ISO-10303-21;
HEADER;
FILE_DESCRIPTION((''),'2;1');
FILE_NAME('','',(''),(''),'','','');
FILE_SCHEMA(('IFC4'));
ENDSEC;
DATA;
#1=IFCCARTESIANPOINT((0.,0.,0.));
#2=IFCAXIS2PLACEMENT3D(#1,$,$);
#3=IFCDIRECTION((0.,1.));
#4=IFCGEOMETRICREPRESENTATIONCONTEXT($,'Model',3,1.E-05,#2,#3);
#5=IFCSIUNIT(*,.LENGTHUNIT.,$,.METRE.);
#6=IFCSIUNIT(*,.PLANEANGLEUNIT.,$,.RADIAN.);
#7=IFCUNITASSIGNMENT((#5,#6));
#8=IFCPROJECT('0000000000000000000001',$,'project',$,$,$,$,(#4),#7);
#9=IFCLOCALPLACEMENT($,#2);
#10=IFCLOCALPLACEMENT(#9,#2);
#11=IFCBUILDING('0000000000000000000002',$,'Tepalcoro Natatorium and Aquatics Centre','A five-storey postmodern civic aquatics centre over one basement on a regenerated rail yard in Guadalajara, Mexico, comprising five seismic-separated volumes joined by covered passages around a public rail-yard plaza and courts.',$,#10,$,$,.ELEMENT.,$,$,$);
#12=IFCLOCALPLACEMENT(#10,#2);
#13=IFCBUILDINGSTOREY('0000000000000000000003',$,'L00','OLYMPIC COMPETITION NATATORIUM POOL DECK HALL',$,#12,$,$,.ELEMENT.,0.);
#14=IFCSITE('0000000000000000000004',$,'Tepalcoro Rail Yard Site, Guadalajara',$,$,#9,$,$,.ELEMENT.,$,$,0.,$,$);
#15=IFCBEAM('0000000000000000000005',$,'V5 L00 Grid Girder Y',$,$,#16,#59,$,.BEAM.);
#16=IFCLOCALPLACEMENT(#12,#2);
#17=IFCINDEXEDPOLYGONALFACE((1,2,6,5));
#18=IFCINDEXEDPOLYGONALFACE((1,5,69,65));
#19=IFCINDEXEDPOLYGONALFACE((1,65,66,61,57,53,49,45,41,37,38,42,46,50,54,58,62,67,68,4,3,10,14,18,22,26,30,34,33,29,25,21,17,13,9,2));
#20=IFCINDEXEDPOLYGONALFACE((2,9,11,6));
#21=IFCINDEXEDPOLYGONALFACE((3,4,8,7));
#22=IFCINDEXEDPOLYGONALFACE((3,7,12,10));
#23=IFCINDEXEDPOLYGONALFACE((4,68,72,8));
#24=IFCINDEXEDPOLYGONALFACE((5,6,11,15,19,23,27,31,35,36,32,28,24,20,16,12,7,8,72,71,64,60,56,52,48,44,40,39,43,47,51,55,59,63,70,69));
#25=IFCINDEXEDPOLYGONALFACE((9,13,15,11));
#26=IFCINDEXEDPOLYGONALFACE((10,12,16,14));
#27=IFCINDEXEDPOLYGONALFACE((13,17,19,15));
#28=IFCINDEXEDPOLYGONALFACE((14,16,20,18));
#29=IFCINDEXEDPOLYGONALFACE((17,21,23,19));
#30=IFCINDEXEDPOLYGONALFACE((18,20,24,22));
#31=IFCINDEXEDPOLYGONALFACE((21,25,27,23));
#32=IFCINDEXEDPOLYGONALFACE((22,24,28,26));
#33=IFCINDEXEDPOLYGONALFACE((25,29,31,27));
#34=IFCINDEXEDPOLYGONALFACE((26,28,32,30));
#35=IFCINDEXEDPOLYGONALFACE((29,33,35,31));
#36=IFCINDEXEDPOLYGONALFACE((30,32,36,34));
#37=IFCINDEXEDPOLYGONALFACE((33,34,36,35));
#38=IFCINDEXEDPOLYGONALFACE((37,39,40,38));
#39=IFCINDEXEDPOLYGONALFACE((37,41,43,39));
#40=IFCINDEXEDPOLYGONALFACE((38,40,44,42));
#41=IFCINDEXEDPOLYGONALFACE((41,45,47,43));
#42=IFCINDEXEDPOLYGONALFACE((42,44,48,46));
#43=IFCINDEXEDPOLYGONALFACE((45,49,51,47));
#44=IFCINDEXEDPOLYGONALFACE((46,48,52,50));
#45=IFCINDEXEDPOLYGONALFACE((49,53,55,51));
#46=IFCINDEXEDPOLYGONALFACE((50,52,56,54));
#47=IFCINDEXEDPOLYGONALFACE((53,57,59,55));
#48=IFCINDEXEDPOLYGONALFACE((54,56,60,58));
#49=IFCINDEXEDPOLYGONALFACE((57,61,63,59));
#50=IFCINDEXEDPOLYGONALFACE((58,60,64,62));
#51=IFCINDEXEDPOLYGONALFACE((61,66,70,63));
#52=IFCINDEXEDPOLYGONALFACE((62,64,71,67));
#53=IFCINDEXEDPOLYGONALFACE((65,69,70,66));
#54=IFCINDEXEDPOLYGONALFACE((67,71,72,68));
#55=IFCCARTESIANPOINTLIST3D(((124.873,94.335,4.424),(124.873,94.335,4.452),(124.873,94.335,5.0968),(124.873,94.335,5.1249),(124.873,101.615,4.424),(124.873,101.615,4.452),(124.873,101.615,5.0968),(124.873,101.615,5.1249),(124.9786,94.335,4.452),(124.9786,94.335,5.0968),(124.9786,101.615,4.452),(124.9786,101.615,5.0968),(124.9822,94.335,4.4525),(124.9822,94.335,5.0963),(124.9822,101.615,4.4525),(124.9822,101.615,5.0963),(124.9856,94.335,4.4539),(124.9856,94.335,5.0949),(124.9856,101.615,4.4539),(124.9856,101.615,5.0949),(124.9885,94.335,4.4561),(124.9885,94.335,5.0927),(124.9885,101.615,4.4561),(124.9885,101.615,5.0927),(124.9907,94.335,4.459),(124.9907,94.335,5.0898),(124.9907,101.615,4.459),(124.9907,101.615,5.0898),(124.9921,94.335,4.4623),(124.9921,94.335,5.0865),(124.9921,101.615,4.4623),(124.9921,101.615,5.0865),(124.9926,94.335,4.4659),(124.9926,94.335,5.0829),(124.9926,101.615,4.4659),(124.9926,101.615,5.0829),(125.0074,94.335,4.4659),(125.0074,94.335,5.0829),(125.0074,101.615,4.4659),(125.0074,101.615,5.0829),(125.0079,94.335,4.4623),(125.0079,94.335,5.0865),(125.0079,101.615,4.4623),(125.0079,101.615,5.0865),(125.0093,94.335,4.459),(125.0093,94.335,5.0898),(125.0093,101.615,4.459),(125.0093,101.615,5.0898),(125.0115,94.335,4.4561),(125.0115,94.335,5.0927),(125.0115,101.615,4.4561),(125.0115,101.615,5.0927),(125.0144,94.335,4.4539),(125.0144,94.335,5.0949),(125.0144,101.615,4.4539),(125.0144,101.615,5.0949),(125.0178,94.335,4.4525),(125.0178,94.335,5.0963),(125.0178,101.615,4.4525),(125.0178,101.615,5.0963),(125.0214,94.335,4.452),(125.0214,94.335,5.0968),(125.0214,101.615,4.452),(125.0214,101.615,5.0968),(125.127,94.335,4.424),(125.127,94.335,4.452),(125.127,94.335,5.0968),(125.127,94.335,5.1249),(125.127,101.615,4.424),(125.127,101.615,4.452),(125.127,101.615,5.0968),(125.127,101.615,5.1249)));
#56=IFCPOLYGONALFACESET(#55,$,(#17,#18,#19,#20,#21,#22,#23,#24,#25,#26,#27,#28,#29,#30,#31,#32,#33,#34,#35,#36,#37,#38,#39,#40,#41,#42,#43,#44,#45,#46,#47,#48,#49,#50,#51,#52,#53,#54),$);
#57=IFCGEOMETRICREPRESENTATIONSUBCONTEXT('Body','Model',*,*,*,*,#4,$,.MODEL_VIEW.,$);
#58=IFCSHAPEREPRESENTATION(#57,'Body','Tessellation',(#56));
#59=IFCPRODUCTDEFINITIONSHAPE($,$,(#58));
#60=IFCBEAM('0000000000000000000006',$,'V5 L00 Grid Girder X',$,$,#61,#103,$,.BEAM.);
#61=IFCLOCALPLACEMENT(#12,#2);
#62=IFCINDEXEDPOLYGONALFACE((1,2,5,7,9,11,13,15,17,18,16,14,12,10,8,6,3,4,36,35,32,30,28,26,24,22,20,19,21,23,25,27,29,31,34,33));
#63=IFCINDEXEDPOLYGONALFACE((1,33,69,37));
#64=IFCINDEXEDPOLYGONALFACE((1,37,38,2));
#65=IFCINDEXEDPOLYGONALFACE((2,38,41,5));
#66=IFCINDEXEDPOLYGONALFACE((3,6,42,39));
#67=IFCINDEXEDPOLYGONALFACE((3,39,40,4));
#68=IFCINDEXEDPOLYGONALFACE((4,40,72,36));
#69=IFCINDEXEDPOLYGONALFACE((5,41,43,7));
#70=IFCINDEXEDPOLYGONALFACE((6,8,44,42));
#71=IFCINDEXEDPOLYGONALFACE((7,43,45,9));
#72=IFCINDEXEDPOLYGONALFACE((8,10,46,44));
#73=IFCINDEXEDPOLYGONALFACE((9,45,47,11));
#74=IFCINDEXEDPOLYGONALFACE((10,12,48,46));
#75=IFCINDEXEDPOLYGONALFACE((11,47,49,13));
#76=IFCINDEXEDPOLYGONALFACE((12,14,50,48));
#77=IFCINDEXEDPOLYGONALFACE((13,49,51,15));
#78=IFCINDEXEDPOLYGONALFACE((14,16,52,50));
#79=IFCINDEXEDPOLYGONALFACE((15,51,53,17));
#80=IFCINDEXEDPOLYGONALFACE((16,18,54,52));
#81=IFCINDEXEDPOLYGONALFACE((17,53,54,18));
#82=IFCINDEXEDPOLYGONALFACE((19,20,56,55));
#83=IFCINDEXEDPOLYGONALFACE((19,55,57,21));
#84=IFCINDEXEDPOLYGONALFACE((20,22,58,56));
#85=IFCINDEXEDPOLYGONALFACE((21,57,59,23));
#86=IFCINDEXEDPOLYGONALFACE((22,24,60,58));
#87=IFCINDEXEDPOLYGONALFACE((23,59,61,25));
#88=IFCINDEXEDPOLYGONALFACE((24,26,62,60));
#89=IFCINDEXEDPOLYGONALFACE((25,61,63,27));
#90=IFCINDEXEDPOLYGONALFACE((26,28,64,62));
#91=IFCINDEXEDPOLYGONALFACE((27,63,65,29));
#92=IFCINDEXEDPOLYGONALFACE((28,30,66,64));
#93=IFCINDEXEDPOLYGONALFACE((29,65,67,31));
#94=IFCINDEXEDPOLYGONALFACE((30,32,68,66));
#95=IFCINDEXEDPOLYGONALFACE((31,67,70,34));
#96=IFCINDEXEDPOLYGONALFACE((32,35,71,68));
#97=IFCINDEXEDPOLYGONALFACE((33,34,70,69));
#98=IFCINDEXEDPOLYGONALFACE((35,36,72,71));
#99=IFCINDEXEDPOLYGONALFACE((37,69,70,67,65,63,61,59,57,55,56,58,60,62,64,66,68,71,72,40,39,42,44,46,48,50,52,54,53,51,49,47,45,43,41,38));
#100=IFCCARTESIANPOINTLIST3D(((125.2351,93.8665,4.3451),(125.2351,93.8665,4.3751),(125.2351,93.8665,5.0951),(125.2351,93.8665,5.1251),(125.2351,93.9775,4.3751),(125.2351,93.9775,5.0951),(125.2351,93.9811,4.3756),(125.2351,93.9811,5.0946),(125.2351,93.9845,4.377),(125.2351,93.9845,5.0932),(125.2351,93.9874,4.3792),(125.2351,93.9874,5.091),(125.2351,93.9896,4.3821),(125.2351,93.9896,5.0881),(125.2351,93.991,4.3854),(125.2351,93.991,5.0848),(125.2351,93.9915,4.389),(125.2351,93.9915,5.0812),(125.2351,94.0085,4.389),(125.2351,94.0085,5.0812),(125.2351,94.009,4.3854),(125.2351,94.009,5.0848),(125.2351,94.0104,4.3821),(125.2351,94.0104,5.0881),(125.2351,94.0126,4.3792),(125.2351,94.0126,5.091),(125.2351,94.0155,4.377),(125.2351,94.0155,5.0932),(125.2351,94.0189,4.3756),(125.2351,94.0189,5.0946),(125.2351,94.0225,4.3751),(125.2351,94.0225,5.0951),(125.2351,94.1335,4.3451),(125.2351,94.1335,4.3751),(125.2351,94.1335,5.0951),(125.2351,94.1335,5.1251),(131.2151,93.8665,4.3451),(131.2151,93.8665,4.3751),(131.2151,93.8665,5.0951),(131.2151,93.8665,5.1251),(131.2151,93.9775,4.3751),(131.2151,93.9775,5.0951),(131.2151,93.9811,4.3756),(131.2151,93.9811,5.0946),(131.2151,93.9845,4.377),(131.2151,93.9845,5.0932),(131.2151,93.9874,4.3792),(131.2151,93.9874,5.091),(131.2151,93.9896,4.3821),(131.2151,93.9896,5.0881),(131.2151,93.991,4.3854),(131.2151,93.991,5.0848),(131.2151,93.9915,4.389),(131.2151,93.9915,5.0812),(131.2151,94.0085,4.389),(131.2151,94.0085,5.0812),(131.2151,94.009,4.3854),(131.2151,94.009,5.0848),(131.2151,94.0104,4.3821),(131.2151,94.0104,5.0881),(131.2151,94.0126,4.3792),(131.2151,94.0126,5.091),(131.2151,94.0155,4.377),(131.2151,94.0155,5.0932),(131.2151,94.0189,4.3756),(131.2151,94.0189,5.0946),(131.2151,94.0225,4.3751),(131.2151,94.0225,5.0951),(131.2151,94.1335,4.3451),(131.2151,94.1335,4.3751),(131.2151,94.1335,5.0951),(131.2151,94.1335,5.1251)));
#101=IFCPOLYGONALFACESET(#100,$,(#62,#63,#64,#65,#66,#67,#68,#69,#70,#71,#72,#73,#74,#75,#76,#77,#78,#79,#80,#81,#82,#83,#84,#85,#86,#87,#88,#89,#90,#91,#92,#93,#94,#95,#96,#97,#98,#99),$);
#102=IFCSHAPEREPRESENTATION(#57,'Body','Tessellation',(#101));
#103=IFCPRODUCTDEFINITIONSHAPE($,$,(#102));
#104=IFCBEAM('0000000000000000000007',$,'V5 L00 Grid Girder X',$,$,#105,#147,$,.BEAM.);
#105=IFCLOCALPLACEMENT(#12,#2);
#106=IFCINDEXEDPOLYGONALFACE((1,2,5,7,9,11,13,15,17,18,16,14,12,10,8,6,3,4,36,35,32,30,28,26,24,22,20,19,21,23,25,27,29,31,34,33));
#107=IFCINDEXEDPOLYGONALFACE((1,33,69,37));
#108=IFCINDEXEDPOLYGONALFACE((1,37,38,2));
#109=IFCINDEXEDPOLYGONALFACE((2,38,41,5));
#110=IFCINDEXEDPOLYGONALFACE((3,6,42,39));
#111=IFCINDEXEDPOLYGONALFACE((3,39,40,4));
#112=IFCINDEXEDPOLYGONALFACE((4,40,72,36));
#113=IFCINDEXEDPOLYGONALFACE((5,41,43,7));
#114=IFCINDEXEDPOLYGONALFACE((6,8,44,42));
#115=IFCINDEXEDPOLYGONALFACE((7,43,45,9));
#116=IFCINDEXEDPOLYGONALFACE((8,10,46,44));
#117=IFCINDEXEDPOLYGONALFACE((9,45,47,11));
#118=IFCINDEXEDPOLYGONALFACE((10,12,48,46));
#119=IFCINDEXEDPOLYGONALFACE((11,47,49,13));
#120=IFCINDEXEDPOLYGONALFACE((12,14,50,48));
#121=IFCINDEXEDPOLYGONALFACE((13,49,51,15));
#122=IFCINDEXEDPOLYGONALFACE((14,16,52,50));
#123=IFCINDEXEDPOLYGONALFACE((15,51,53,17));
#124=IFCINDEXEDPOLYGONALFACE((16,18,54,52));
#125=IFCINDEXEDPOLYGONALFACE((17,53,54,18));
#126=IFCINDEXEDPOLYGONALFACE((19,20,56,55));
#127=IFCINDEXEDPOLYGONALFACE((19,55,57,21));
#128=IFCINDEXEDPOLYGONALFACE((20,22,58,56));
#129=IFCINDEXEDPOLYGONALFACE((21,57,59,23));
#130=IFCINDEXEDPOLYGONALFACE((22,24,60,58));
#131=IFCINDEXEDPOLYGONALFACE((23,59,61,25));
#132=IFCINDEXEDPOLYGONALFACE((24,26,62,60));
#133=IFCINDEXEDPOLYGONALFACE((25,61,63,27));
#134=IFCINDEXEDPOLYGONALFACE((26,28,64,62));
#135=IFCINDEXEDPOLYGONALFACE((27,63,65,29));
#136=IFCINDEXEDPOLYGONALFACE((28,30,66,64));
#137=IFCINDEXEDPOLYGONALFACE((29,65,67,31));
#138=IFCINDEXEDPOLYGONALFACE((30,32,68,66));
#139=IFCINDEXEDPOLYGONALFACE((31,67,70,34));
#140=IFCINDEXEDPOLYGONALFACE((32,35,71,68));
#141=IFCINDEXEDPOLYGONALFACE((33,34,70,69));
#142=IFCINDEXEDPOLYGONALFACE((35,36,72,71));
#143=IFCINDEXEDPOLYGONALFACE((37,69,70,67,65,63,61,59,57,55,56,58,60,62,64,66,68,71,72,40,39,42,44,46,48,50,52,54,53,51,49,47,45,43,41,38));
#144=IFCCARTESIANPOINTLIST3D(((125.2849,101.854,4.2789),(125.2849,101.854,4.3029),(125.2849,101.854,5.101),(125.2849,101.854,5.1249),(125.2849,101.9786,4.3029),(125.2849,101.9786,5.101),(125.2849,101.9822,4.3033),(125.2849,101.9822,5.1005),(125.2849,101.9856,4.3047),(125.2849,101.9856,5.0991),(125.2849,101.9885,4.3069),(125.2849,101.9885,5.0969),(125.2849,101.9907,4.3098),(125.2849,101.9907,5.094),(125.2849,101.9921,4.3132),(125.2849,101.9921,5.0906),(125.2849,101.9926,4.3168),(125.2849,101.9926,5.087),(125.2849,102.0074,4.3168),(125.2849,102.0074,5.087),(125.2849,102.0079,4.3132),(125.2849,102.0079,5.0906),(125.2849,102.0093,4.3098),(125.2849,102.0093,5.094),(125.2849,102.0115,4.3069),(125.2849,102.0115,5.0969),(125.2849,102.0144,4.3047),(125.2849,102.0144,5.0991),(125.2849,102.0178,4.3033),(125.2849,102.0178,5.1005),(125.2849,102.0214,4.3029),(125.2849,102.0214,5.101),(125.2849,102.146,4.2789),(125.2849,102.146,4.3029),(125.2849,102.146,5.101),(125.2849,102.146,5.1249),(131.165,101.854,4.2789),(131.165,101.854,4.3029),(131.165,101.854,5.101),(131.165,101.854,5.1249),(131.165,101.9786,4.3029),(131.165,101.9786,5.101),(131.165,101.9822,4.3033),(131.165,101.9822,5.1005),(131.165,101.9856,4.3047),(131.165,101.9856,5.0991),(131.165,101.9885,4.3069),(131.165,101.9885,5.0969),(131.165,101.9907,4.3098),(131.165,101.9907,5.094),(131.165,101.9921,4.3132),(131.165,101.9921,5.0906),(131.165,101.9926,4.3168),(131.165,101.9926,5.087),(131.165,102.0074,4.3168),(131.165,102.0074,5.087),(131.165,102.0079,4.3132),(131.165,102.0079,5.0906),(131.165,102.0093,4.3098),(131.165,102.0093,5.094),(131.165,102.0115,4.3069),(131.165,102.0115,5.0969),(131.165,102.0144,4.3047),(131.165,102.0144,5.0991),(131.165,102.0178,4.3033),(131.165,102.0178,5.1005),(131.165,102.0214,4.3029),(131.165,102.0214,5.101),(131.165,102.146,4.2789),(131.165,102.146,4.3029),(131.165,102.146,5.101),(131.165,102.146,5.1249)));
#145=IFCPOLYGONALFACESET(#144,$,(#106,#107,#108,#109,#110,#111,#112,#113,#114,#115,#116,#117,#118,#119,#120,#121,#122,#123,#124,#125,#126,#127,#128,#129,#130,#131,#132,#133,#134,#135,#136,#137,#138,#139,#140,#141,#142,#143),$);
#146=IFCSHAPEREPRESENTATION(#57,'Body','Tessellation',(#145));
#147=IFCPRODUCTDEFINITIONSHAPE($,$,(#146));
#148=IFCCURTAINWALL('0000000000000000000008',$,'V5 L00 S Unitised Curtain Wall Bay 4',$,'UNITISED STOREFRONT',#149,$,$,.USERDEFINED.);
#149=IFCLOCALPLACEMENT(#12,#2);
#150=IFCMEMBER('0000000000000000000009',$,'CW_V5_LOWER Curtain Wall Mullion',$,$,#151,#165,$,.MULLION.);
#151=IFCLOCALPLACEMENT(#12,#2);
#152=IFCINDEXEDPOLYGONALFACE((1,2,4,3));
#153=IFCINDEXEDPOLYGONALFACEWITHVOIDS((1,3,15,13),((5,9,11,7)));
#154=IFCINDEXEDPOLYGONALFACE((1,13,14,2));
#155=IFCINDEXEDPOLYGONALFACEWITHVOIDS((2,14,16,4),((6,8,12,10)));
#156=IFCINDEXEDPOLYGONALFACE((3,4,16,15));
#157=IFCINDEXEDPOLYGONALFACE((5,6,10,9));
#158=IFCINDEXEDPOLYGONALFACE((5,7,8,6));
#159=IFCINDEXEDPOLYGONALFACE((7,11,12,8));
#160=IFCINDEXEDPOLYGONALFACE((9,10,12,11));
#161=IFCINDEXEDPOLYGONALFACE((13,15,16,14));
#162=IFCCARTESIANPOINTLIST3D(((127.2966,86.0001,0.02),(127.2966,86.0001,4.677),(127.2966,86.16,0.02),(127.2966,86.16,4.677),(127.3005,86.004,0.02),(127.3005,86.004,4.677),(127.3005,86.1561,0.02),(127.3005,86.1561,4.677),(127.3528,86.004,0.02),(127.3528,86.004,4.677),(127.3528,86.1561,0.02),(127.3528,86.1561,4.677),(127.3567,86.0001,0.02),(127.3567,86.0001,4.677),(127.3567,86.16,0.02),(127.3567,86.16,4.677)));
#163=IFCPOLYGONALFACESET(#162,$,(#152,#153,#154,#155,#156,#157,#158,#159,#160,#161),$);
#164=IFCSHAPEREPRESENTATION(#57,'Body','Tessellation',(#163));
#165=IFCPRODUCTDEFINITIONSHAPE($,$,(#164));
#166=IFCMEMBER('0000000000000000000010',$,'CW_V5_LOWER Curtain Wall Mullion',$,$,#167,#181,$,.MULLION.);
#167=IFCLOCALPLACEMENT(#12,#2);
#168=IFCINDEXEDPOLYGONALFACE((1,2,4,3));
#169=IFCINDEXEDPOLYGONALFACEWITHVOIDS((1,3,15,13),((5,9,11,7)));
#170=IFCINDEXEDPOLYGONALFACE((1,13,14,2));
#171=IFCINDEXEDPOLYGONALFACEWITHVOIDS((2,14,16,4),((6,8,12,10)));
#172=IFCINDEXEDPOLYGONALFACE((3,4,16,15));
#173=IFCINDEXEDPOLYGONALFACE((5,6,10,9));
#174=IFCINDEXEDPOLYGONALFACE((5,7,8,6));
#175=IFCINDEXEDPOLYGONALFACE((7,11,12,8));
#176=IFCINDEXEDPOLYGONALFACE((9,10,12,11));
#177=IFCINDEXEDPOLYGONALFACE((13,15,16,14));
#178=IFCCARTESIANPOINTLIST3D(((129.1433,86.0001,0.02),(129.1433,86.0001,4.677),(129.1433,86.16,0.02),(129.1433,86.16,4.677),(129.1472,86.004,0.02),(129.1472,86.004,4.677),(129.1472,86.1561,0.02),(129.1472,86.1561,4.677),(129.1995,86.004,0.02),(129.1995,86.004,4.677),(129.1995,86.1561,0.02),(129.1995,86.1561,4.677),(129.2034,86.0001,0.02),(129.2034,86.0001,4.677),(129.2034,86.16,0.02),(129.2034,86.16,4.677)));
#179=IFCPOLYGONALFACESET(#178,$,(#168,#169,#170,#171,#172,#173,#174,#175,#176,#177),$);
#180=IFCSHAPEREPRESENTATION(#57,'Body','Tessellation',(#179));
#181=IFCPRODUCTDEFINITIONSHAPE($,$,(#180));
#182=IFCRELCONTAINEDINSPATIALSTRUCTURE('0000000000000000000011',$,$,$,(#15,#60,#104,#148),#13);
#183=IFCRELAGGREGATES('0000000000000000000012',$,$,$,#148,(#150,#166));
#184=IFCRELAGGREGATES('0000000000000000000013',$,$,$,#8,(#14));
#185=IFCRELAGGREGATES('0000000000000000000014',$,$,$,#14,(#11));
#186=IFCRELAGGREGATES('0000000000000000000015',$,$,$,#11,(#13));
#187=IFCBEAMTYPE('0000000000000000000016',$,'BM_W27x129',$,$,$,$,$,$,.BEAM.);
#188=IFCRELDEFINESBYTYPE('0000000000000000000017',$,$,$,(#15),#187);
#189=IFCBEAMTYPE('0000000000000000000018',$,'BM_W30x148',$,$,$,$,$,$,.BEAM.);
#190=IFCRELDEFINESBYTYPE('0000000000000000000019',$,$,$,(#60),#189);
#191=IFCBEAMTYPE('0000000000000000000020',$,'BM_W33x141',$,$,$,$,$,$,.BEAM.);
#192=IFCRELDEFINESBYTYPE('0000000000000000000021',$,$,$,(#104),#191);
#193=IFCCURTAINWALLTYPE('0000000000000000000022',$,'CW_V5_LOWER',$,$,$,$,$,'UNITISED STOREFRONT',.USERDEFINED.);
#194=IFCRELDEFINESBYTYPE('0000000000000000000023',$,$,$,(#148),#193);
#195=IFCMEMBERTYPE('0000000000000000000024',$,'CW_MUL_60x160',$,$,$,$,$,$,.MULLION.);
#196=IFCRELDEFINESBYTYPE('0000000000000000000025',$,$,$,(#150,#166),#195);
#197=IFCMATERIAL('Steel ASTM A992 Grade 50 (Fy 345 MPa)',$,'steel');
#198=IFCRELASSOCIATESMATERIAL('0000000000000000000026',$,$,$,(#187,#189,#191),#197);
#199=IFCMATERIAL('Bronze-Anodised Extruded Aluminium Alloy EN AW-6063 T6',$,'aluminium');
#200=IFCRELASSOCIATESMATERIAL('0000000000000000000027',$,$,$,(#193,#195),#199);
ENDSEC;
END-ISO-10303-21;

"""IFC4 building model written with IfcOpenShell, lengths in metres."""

from ifc_helpers import new_model, si_unit, direction, frame, origin, origin_2d, place, context, subcontext, project, spatial, hollow_rectangle, i_section, extrude, material, material_profile, profile_set, type_object, element, aggregate, save


model = new_model("IFC4")

# Units and contexts
model_context = context("Model", 3, precision=1e-05, world=origin(), true_north=direction((0.0, 1.0)))
body_context = subcontext(model_context, "Body", "Model", "MODEL_VIEW")
ifc_project = project(units=[si_unit("LENGTHUNIT", "METRE"), si_unit("PLANEANGLEUNIT", "RADIAN")], contexts=[model_context])

# Site, building, storey
site_placement = place(None, origin())
site = spatial("IfcSite", under=ifc_project, at=site_placement, Name="Tepalcoro Rail Yard Site, Guadalajara", CompositionType="ELEMENT", RefElevation=0.0)
building_placement = place(site_placement, origin())
building = spatial("IfcBuilding", under=site, at=building_placement, Name="Tepalcoro Natatorium and Aquatics Centre", Description="A five-storey postmodern civic aquatics centre over one basement on a regenerated rail yard in Guadalajara, Mexico, comprising five seismic-separated volumes joined by covered passages around a public rail-yard plaza and courts.", CompositionType="ELEMENT")
storey_placement = place(building_placement, origin())
storey = spatial("IfcBuildingStorey", under=building, at=storey_placement, Name="L00", Description="OLYMPIC COMPETITION NATATORIUM POOL DECK HALL", CompositionType="ELEMENT", Elevation=0.0)

# Beams
ifc_material_1 = material(Name="Steel ASTM A992 Grade 50 (Fy 345 MPa)", Category="steel")
ifc_material_profile_1 = material_profile(ifc_material_1, i_section(OverallWidth=0.2539, OverallDepth=0.7009, WebThickness=0.0149, FlangeThickness=0.0281, FilletRadius=0.0139, at=origin_2d()), Name="W27X129")
ifc_profile_set_1 = profile_set([ifc_material_profile_1], Name="Steel ASTM A992 Grade 50 (Fy 345 MPa)")
beam_type_1 = type_object("IfcBeamType", Name="BM_W27x129", PredefinedType="BEAM", material=ifc_profile_set_1)
beam_1_placement = place(storey_placement, frame((125.0, 94.335, 4.7744), z_axis=(0.0, 1.0, 0.0), x_axis=(-1.0, 0.0, 0.0)))
element("IfcBeam", 1, at=beam_1_placement, inside=storey, type_object=beam_type_1, Name="V5 L00 Grid Girder Y", PredefinedType="BEAM", context=body_context, shape_type="SweptSolid", body=[
    extrude(i_section(OverallWidth=0.2539, OverallDepth=0.7009, WebThickness=0.0149, FlangeThickness=0.0281, FilletRadius=0.0139, at=origin_2d()), origin(), (0.0, 0.0, 1.0), 7.28),
])
ifc_material_profile_2 = material_profile(ifc_material_1, i_section(OverallWidth=0.2671, OverallDepth=0.78, WebThickness=0.0171, FlangeThickness=0.03, FilletRadius=0.0139, at=origin_2d()), Name="W30X148")
ifc_profile_set_2 = profile_set([ifc_material_profile_2], Name="Steel ASTM A992 Grade 50 (Fy 345 MPa)")
beam_type_2 = type_object("IfcBeamType", Name="BM_W30x148", PredefinedType="BEAM", material=ifc_profile_set_2)
beam_2_placement = place(storey_placement, frame((125.2351, 94.0, 4.7351), z_axis=(1.0, 0.0, 0.0), x_axis=(0.0, 1.0, 0.0)))
element("IfcBeam", 2, at=beam_2_placement, inside=storey, type_object=beam_type_2, Name="V5 L00 Grid Girder X", PredefinedType="BEAM", context=body_context, shape_type="SweptSolid", body=[
    extrude(i_section(OverallWidth=0.2671, OverallDepth=0.78, WebThickness=0.0171, FlangeThickness=0.03, FilletRadius=0.0139, at=origin_2d()), origin(), (0.0, 0.0, 1.0), 5.98),
])
ifc_material_profile_3 = material_profile(ifc_material_1, i_section(OverallWidth=0.292, OverallDepth=0.8459, WebThickness=0.0149, FlangeThickness=0.0239, FilletRadius=0.0139, at=origin_2d()), Name="W33X141")
ifc_profile_set_3 = profile_set([ifc_material_profile_3], Name="Steel ASTM A992 Grade 50 (Fy 345 MPa)")
beam_type_3 = type_object("IfcBeamType", Name="BM_W33x141", PredefinedType="BEAM", material=ifc_profile_set_3)
beam_3_placement = place(storey_placement, frame((125.2849, 102.0, 4.7019), z_axis=(1.0, 0.0, 0.0), x_axis=(0.0, 1.0, 0.0)))
element("IfcBeam", 3, at=beam_3_placement, inside=storey, type_object=beam_type_3, Name="V5 L00 Grid Girder X", PredefinedType="BEAM", context=body_context, shape_type="SweptSolid", body=[
    extrude(i_section(OverallWidth=0.292, OverallDepth=0.8459, WebThickness=0.0149, FlangeThickness=0.0239, FilletRadius=0.0139, at=origin_2d()), origin(), (0.0, 0.0, 1.0), 5.8801),
])

# Curtain wall, members
ifc_material_2 = material(Name="Bronze-Anodised Extruded Aluminium Alloy EN AW-6063 T6", Category="aluminium")
curtain_wall_type = type_object("IfcCurtainWallType", Name="CW_V5_LOWER", ElementType="UNITISED STOREFRONT", PredefinedType="USERDEFINED", material=ifc_material_2)
curtain_wall_placement = place(storey_placement, origin())
curtain_wall = element("IfcCurtainWall", 4, at=curtain_wall_placement, inside=storey, type_object=curtain_wall_type, Name="V5 L00 S Unitised Curtain Wall Bay 4", ObjectType="UNITISED STOREFRONT", PredefinedType="USERDEFINED")
ifc_material_profile_4 = material_profile(ifc_material_2, hollow_rectangle(XDim=0.0601, YDim=0.1599, WallThickness=0.0039, at=origin_2d()), Name="AL60X160X4")
ifc_profile_set_4 = profile_set([ifc_material_profile_4], Name="Bronze-Anodised Extruded Aluminium Alloy EN AW-6063 T6")
member_type_1 = type_object("IfcMemberType", Name="CW_MUL_60x160", PredefinedType="MULLION", material=ifc_profile_set_4)
member_1_placement = place(storey_placement, frame((127.3267, 86.0801, 0.02), z_axis=(0.0, 0.0, 1.0), x_axis=(1.0, 0.0, 0.0)))
member_1 = element("IfcMember", 5, at=member_1_placement, type_object=member_type_1, Name="CW_V5_LOWER Curtain Wall Mullion", PredefinedType="MULLION", context=body_context, shape_type="SweptSolid", body=[
    extrude(hollow_rectangle(XDim=0.0601, YDim=0.1599, WallThickness=0.0039, at=origin_2d()), origin(), (0.0, 0.0, 1.0), 4.657),
])
member_2_placement = place(storey_placement, frame((129.1733, 86.0801, 0.02), z_axis=(0.0, 0.0, 1.0), x_axis=(1.0, 0.0, 0.0)))
member_2 = element("IfcMember", 6, at=member_2_placement, type_object=member_type_1, Name="CW_V5_LOWER Curtain Wall Mullion", PredefinedType="MULLION", context=body_context, shape_type="SweptSolid", body=[
    extrude(hollow_rectangle(XDim=0.0601, YDim=0.1599, WallThickness=0.0039, at=origin_2d()), origin(), (0.0, 0.0, 1.0), 4.657),
])

aggregate(curtain_wall, [member_1, member_2])

save(model, "model.ifc")
